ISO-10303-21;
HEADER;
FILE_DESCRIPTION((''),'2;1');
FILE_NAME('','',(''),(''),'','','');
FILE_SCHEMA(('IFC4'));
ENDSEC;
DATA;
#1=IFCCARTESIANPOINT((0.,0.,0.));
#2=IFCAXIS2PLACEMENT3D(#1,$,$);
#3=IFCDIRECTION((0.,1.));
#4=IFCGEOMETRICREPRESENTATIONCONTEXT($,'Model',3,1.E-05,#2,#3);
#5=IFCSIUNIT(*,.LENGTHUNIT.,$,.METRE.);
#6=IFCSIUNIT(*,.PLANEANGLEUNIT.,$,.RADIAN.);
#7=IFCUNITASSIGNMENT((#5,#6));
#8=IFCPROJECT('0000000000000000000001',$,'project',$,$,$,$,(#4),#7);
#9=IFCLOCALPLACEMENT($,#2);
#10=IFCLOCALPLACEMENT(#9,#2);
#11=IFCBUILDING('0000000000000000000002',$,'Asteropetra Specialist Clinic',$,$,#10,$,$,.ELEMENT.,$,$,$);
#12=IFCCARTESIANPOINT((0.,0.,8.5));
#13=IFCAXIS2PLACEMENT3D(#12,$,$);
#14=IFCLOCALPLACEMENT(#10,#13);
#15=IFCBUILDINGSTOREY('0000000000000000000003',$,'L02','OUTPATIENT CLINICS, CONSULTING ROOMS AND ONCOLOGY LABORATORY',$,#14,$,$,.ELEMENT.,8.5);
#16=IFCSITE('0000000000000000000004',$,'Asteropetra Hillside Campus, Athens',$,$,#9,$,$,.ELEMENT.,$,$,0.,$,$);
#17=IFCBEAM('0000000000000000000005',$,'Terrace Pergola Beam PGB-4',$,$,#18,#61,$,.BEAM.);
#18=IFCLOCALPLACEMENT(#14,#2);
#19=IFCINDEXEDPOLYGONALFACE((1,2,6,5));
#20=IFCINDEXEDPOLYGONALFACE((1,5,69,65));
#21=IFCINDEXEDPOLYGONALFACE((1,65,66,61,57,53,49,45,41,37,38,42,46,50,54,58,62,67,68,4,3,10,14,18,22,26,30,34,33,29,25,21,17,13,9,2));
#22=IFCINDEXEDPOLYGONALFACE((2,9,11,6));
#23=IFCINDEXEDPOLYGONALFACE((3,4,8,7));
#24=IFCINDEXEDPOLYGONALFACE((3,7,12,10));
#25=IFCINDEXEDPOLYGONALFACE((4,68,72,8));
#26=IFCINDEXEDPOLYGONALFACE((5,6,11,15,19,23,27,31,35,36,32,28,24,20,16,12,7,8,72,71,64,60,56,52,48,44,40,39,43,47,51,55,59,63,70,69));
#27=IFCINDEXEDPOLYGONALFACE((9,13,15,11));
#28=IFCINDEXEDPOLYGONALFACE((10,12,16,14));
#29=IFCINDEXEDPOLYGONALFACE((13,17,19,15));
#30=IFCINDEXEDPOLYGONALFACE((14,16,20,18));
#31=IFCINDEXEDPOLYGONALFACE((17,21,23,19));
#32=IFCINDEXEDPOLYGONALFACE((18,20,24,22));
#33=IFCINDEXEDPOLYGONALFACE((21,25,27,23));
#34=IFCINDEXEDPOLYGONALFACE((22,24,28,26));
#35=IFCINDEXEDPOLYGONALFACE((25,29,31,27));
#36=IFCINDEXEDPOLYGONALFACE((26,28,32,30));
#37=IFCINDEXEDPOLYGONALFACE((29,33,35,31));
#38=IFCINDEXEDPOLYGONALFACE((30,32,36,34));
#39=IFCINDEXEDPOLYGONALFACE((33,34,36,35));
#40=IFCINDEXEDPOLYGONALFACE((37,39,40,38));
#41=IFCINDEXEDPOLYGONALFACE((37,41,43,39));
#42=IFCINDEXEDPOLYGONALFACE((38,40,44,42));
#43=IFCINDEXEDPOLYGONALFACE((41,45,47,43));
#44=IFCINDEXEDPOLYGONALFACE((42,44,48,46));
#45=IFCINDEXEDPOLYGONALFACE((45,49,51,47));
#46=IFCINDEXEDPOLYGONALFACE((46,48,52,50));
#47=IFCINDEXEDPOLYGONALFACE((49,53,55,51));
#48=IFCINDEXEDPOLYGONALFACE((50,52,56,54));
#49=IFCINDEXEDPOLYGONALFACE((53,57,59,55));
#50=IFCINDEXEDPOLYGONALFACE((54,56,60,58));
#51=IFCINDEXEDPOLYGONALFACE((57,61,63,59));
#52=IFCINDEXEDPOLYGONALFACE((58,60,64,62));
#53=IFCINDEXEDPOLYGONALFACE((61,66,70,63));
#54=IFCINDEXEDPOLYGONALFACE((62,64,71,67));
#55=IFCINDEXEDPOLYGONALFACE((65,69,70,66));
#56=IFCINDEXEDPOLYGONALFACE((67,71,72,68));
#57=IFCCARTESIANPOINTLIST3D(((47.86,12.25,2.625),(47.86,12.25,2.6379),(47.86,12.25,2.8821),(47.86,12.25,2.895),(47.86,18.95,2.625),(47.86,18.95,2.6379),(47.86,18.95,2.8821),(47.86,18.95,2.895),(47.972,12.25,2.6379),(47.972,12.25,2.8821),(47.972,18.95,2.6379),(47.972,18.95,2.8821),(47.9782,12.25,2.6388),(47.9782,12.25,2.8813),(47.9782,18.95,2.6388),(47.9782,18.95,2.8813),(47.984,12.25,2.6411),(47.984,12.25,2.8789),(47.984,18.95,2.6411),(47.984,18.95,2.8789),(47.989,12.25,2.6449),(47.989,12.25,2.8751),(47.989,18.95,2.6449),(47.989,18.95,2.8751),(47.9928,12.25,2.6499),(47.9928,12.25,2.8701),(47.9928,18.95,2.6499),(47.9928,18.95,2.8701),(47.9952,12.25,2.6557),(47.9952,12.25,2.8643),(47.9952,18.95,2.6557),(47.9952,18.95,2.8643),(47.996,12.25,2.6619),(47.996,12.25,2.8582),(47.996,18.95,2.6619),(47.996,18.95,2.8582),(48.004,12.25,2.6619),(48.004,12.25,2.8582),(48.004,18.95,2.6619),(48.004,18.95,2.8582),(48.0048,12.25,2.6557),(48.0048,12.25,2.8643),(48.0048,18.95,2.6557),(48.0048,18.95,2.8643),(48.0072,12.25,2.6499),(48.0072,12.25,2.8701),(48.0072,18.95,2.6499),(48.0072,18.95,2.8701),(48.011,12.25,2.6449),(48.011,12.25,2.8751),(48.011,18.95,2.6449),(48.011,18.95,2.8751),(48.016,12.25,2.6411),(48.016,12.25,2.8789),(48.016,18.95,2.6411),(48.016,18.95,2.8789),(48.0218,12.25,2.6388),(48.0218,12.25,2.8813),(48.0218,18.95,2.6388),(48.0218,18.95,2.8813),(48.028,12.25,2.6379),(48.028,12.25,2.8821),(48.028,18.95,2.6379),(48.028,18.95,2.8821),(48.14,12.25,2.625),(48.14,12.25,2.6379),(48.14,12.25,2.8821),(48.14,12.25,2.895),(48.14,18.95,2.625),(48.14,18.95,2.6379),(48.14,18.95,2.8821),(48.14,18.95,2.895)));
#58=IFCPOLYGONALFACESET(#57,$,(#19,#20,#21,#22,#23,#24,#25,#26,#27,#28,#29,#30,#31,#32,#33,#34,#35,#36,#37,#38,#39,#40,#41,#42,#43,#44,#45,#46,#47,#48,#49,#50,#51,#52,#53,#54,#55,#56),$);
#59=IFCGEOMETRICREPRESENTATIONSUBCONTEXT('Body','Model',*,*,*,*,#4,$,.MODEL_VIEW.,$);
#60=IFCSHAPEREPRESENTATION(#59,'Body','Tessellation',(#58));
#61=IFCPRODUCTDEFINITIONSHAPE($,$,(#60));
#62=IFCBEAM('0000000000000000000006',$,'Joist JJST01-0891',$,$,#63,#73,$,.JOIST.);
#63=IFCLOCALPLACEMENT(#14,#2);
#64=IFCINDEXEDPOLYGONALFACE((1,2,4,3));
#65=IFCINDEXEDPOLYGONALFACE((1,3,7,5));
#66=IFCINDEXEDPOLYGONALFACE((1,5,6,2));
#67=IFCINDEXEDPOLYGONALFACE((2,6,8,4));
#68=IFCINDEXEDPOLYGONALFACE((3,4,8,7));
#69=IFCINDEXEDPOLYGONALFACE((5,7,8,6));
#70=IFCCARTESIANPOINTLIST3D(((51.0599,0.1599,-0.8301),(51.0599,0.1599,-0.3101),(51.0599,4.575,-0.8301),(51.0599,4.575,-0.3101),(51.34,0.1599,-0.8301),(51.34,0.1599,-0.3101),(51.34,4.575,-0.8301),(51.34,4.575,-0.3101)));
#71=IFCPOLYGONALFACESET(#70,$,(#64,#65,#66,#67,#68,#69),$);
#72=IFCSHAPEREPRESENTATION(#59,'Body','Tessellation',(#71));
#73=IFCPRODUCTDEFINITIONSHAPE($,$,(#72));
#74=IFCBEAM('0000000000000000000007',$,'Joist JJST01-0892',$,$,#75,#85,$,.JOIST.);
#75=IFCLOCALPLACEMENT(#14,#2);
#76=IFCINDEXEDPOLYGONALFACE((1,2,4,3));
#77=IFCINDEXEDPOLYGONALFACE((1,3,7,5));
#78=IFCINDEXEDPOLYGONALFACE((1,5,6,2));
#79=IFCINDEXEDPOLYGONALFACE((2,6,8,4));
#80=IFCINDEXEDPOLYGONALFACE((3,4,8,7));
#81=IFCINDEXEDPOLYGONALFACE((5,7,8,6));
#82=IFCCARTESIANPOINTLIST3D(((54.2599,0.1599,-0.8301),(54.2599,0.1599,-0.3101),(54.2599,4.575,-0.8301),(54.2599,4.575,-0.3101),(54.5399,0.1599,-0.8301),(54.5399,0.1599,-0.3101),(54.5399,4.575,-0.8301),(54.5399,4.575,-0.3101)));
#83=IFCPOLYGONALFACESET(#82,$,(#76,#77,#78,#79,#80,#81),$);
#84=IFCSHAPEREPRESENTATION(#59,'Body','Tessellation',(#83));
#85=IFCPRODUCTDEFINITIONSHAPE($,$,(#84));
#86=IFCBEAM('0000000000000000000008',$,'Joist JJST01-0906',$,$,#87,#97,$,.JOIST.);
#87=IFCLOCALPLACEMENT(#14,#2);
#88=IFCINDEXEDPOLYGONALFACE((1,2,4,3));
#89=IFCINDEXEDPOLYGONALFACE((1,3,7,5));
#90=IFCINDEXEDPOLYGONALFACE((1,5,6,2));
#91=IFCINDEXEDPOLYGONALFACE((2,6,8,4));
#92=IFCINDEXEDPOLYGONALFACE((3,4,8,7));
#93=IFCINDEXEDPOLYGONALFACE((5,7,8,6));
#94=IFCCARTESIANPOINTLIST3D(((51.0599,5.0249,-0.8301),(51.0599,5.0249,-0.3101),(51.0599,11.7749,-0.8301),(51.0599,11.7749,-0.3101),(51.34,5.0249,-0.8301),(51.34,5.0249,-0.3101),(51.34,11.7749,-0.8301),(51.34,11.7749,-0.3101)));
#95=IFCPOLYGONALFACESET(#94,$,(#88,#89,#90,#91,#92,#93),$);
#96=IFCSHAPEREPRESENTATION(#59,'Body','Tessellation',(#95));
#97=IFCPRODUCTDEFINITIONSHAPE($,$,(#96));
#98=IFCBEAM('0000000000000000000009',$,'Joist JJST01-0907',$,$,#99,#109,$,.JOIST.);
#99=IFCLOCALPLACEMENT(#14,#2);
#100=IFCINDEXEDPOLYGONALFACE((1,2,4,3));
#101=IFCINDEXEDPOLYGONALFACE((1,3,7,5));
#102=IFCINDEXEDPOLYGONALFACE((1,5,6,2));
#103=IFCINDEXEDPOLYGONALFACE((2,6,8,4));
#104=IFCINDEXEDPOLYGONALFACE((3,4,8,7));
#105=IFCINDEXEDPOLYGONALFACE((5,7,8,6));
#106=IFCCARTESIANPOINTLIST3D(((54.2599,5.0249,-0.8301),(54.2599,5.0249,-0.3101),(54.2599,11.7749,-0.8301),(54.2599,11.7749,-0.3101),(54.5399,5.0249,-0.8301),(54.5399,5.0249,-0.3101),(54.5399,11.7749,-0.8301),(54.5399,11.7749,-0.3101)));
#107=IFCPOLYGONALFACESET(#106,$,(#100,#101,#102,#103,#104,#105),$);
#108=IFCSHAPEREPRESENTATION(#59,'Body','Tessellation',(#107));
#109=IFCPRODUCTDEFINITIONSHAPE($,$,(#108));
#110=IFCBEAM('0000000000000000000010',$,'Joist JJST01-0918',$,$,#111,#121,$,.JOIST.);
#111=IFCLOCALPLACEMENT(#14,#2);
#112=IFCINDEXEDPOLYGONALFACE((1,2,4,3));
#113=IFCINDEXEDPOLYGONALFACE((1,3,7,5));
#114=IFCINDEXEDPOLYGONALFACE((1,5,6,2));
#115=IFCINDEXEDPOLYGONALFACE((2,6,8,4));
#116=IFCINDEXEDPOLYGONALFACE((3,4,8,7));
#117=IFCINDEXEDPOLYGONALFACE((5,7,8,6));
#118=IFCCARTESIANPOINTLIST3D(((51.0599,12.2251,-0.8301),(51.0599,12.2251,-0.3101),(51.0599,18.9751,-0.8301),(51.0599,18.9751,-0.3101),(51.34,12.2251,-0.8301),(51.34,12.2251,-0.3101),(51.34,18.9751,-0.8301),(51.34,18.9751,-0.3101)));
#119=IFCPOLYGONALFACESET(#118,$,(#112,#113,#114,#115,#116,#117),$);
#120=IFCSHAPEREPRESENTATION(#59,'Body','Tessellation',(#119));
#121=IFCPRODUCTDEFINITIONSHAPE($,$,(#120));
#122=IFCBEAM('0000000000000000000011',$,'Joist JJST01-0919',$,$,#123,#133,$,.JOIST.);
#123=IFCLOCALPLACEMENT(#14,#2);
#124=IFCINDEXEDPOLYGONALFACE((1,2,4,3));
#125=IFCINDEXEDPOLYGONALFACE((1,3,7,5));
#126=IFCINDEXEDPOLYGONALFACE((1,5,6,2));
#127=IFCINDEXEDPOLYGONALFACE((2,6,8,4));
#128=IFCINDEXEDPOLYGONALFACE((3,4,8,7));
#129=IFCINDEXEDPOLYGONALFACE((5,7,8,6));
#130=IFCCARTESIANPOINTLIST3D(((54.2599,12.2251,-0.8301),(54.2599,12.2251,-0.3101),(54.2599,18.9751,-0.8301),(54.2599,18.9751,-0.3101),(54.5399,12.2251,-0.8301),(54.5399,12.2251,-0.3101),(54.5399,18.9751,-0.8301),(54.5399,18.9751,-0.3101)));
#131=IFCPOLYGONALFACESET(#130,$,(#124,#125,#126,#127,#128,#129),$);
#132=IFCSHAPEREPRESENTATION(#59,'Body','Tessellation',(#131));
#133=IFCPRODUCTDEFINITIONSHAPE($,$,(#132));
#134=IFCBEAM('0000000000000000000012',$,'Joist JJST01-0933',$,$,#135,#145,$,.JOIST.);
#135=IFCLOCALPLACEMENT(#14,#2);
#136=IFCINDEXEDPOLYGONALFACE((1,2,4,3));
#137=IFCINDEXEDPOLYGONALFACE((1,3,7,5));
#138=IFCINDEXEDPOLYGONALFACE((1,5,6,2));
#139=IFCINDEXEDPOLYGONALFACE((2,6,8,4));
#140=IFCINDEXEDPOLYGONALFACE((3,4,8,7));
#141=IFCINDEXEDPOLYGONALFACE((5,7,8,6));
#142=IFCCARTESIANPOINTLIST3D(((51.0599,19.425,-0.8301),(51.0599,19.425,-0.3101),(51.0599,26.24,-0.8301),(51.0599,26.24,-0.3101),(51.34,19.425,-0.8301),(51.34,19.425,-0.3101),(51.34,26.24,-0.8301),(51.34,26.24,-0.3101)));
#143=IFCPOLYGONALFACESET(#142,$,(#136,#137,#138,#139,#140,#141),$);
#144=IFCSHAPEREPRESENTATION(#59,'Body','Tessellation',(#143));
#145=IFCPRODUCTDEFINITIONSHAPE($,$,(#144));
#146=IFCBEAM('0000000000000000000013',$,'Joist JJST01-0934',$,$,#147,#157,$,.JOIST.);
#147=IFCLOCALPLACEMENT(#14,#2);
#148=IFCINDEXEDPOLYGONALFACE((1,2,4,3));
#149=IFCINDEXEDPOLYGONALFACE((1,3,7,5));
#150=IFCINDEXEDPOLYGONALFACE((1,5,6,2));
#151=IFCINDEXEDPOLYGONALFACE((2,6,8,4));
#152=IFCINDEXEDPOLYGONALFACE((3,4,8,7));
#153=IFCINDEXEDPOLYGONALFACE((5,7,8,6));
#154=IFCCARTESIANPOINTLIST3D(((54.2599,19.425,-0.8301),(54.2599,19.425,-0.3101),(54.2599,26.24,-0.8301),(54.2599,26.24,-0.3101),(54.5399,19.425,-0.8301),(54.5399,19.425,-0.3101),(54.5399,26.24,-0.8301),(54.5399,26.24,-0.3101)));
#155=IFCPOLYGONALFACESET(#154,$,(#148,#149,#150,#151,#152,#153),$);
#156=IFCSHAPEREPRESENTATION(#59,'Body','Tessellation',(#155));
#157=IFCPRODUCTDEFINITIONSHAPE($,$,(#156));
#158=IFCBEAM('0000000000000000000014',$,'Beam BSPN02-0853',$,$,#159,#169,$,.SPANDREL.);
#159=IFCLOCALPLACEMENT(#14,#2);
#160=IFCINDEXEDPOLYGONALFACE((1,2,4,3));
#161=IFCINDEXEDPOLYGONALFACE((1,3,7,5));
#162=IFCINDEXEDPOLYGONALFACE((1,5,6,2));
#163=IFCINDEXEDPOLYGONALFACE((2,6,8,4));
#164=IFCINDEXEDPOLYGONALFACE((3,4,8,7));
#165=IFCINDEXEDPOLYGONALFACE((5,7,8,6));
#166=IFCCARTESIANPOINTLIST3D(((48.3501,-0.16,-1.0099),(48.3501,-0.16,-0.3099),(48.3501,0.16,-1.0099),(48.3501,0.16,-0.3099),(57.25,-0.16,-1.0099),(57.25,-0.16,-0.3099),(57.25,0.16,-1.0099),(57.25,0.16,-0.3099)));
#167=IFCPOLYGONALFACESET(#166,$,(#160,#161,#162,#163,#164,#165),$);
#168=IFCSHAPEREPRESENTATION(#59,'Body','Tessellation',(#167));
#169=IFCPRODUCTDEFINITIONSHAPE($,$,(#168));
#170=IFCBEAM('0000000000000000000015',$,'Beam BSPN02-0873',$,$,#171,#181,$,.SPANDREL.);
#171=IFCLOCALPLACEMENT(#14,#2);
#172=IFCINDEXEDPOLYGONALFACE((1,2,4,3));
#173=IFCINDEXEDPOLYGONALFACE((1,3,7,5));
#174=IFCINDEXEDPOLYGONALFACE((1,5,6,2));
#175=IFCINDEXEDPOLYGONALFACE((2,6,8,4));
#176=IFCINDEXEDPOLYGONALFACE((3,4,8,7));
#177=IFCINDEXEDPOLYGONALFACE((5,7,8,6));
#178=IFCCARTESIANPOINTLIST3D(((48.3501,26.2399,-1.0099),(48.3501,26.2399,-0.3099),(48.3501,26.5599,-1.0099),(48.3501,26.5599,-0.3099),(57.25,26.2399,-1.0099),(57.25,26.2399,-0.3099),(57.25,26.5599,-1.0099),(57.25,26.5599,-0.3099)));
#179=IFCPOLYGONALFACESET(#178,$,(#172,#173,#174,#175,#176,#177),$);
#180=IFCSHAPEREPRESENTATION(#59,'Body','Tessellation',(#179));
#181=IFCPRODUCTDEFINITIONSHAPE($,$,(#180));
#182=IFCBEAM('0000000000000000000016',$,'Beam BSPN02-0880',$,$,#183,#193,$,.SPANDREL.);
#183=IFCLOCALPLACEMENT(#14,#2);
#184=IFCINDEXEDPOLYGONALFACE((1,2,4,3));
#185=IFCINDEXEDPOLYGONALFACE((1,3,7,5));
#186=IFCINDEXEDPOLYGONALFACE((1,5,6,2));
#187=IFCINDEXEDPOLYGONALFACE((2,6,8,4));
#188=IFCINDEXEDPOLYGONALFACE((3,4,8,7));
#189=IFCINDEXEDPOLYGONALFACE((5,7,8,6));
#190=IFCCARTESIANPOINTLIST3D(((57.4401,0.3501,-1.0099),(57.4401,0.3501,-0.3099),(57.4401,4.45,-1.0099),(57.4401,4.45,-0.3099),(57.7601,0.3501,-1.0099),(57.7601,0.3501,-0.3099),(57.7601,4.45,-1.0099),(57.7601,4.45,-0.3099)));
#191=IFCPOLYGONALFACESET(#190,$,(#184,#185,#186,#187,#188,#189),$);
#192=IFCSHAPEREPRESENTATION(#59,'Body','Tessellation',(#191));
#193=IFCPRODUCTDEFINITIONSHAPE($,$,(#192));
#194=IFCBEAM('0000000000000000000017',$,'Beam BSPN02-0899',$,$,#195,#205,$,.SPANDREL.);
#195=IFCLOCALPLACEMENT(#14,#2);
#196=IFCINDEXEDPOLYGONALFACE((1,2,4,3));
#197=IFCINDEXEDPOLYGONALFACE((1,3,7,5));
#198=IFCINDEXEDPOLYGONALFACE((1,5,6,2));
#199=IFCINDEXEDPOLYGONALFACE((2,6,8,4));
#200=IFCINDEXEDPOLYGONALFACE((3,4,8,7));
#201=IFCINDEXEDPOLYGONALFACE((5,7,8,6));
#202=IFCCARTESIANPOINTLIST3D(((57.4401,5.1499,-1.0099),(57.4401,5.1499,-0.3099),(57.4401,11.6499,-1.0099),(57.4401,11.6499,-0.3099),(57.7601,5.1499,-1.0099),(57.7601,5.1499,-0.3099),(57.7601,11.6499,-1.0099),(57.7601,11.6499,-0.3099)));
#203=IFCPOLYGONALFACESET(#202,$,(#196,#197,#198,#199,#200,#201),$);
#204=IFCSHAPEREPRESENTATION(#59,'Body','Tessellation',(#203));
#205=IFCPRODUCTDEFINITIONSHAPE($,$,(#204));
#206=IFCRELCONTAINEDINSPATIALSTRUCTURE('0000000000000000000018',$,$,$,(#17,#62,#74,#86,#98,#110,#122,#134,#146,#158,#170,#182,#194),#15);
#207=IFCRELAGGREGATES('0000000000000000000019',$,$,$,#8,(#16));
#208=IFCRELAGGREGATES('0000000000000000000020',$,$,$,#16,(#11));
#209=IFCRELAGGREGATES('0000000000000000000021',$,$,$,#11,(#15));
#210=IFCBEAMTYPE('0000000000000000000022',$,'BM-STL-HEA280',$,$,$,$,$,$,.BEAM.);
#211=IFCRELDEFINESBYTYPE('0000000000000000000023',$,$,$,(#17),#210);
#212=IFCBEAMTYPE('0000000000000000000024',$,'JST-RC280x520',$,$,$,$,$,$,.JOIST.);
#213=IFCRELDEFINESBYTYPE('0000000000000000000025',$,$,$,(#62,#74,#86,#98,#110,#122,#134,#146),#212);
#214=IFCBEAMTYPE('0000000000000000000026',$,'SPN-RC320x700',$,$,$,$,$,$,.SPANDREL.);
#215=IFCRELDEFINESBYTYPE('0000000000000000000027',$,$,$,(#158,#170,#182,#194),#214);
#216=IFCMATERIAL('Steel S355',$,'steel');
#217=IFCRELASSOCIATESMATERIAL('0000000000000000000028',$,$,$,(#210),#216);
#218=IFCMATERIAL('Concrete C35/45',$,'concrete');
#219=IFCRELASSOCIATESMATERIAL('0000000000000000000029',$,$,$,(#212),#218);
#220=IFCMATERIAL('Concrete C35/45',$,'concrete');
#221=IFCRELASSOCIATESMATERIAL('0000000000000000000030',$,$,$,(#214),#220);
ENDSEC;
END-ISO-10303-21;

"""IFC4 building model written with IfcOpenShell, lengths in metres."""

from ifc_helpers import new_model, si_unit, direction, frame, origin, origin_2d, place, context, subcontext, project, spatial, rectangle, i_section, extrude, material, material_profile, profile_set, type_object, element, save


model = new_model("IFC4")

# Units and contexts
model_context = context("Model", 3, precision=1e-05, world=origin(), true_north=direction((0.0, 1.0)))
body_context = subcontext(model_context, "Body", "Model", "MODEL_VIEW")
ifc_project = project(units=[si_unit("LENGTHUNIT", "METRE"), si_unit("PLANEANGLEUNIT", "RADIAN")], contexts=[model_context])

# Site, building, storey
site_placement = place(None, origin())
site = spatial("IfcSite", under=ifc_project, at=site_placement, Name="Asteropetra Hillside Campus, Athens", CompositionType="ELEMENT", RefElevation=0.0)
building_placement = place(site_placement, origin())
building = spatial("IfcBuilding", under=site, at=building_placement, Name="Asteropetra Specialist Clinic", CompositionType="ELEMENT")
storey_placement = place(building_placement, frame((0.0, 0.0, 8.5)))
storey = spatial("IfcBuildingStorey", under=building, at=storey_placement, Name="L02", Description="OUTPATIENT CLINICS, CONSULTING ROOMS AND ONCOLOGY LABORATORY", CompositionType="ELEMENT", Elevation=8.5)

# Beams
ifc_material_1 = material(Name="Steel S355", Category="steel")
ifc_material_profile_1 = material_profile(ifc_material_1, i_section(OverallWidth=0.28, OverallDepth=0.27, WebThickness=0.0081, FlangeThickness=0.0129, FilletRadius=0.0239, at=origin_2d()), Name="HEA 280")
ifc_profile_set_1 = profile_set([ifc_material_profile_1], Name="Steel S355")
beam_type_1 = type_object("IfcBeamType", Name="BM-STL-HEA280", PredefinedType="BEAM", material=ifc_profile_set_1)
beam_1_placement = place(storey_placement, frame((48.0, 12.25, 2.76), z_axis=(0.0, 1.0, 0.0), x_axis=(-1.0, 0.0, 0.0)))
element("IfcBeam", 1, at=beam_1_placement, inside=storey, type_object=beam_type_1, Name="Terrace Pergola Beam PGB-4", PredefinedType="BEAM", context=body_context, shape_type="SweptSolid", body=[
    extrude(i_section(OverallWidth=0.28, OverallDepth=0.27, WebThickness=0.0081, FlangeThickness=0.0129, FilletRadius=0.0239, at=origin_2d()), origin(), (0.0, 0.0, 1.0), 6.7),
])
ifc_material_2 = material(Name="Concrete C35/45", Category="concrete")
ifc_material_profile_2 = material_profile(ifc_material_2, rectangle(XDim=0.28, YDim=0.52, at=origin_2d()), Name="RCJ 280x520")
ifc_profile_set_2 = profile_set([ifc_material_profile_2], Name="Concrete C35/45")
beam_type_2 = type_object("IfcBeamType", Name="JST-RC280x520", PredefinedType="JOIST", material=ifc_profile_set_2)
for number, where, z_axis, x_axis, name in (
    (2, (51.2, 0.1599, -0.5701), (0.0, 1.0, 0.0), (-1.0, 0.0, 0.0), "Joist JJST01-0891"),
    (3, (54.3999, 0.1599, -0.5701), (0.0, 1.0, 0.0), (-1.0, 0.0, 0.0), "Joist JJST01-0892"),
):
    element("IfcBeam", number, at=place(storey_placement, frame(where, z_axis=z_axis, x_axis=x_axis)), inside=storey, type_object=beam_type_2, Name=name, PredefinedType="JOIST", context=body_context, shape_type="SweptSolid", body=[
        extrude(rectangle(XDim=0.28, YDim=0.52, at=origin_2d()), origin(), (0.0, 0.0, 1.0), 4.415),
    ])
for number, where, z_axis, x_axis, name in (
    (4, (51.2, 5.0249, -0.5701), (0.0, 1.0, 0.0), (-1.0, 0.0, 0.0), "Joist JJST01-0906"),
    (5, (54.3999, 5.0249, -0.5701), (0.0, 1.0, 0.0), (-1.0, 0.0, 0.0), "Joist JJST01-0907"),
    (6, (51.2, 12.2251, -0.5701), (0.0, 1.0, 0.0), (-1.0, 0.0, 0.0), "Joist JJST01-0918"),
    (7, (54.3999, 12.2251, -0.5701), (0.0, 1.0, 0.0), (-1.0, 0.0, 0.0), "Joist JJST01-0919"),
):
    element("IfcBeam", number, at=place(storey_placement, frame(where, z_axis=z_axis, x_axis=x_axis)), inside=storey, type_object=beam_type_2, Name=name, PredefinedType="JOIST", context=body_context, shape_type="SweptSolid", body=[
        extrude(rectangle(XDim=0.28, YDim=0.52, at=origin_2d()), origin(), (0.0, 0.0, 1.0), 6.75),
    ])
for number, where, z_axis, x_axis, name in (
    (8, (51.2, 19.425, -0.5701), (0.0, 1.0, 0.0), (-1.0, 0.0, 0.0), "Joist JJST01-0933"),
    (9, (54.3999, 19.425, -0.5701), (0.0, 1.0, 0.0), (-1.0, 0.0, 0.0), "Joist JJST01-0934"),
):
    element("IfcBeam", number, at=place(storey_placement, frame(where, z_axis=z_axis, x_axis=x_axis)), inside=storey, type_object=beam_type_2, Name=name, PredefinedType="JOIST", context=body_context, shape_type="SweptSolid", body=[
        extrude(rectangle(XDim=0.28, YDim=0.52, at=origin_2d()), origin(), (0.0, 0.0, 1.0), 6.8149),
    ])
ifc_material_3 = material(Name="Concrete C35/45", Category="concrete")
ifc_material_profile_3 = material_profile(ifc_material_3, rectangle(XDim=0.3201, YDim=0.7, at=origin_2d()), Name="RCS 320x700")
ifc_profile_set_3 = profile_set([ifc_material_profile_3], Name="Concrete C35/45")
beam_type_3 = type_object("IfcBeamType", Name="SPN-RC320x700", PredefinedType="SPANDREL", material=ifc_profile_set_3)
for number, where, z_axis, x_axis, name in (
    (10, (48.3501, 0.0, -0.6599), (1.0, 0.0, 0.0), (0.0, 1.0, 0.0), "Beam BSPN02-0853"),
    (11, (48.3501, 26.3999, -0.6599), (1.0, 0.0, 0.0), (0.0, 1.0, 0.0), "Beam BSPN02-0873"),
):
    element("IfcBeam", number, at=place(storey_placement, frame(where, z_axis=z_axis, x_axis=x_axis)), inside=storey, type_object=beam_type_3, Name=name, PredefinedType="SPANDREL", context=body_context, shape_type="SweptSolid", body=[
        extrude(rectangle(XDim=0.3201, YDim=0.7, at=origin_2d()), origin(), (0.0, 0.0, 1.0), 8.8999),
    ])
beam_2_placement = place(storey_placement, frame((57.6001, 0.3501, -0.6599), z_axis=(0.0, 1.0, 0.0), x_axis=(-1.0, 0.0, 0.0)))
element("IfcBeam", 12, at=beam_2_placement, inside=storey, type_object=beam_type_3, Name="Beam BSPN02-0880", PredefinedType="SPANDREL", context=body_context, shape_type="SweptSolid", body=[
    extrude(rectangle(XDim=0.3201, YDim=0.7, at=origin_2d()), origin(), (0.0, 0.0, 1.0), 4.0999),
])
for number, where, z_axis, x_axis, name in (
    (13, (57.6001, 5.1499, -0.6599), (0.0, 1.0, 0.0), (-1.0, 0.0, 0.0), "Beam BSPN02-0899"),
):
    element("IfcBeam", number, at=place(storey_placement, frame(where, z_axis=z_axis, x_axis=x_axis)), inside=storey, type_object=beam_type_3, Name=name, PredefinedType="SPANDREL", context=body_context, shape_type="SweptSolid", body=[
        extrude(rectangle(XDim=0.3201, YDim=0.7, at=origin_2d()), origin(), (0.0, 0.0, 1.0), 6.5),
    ])

save(model, "model.ifc")
